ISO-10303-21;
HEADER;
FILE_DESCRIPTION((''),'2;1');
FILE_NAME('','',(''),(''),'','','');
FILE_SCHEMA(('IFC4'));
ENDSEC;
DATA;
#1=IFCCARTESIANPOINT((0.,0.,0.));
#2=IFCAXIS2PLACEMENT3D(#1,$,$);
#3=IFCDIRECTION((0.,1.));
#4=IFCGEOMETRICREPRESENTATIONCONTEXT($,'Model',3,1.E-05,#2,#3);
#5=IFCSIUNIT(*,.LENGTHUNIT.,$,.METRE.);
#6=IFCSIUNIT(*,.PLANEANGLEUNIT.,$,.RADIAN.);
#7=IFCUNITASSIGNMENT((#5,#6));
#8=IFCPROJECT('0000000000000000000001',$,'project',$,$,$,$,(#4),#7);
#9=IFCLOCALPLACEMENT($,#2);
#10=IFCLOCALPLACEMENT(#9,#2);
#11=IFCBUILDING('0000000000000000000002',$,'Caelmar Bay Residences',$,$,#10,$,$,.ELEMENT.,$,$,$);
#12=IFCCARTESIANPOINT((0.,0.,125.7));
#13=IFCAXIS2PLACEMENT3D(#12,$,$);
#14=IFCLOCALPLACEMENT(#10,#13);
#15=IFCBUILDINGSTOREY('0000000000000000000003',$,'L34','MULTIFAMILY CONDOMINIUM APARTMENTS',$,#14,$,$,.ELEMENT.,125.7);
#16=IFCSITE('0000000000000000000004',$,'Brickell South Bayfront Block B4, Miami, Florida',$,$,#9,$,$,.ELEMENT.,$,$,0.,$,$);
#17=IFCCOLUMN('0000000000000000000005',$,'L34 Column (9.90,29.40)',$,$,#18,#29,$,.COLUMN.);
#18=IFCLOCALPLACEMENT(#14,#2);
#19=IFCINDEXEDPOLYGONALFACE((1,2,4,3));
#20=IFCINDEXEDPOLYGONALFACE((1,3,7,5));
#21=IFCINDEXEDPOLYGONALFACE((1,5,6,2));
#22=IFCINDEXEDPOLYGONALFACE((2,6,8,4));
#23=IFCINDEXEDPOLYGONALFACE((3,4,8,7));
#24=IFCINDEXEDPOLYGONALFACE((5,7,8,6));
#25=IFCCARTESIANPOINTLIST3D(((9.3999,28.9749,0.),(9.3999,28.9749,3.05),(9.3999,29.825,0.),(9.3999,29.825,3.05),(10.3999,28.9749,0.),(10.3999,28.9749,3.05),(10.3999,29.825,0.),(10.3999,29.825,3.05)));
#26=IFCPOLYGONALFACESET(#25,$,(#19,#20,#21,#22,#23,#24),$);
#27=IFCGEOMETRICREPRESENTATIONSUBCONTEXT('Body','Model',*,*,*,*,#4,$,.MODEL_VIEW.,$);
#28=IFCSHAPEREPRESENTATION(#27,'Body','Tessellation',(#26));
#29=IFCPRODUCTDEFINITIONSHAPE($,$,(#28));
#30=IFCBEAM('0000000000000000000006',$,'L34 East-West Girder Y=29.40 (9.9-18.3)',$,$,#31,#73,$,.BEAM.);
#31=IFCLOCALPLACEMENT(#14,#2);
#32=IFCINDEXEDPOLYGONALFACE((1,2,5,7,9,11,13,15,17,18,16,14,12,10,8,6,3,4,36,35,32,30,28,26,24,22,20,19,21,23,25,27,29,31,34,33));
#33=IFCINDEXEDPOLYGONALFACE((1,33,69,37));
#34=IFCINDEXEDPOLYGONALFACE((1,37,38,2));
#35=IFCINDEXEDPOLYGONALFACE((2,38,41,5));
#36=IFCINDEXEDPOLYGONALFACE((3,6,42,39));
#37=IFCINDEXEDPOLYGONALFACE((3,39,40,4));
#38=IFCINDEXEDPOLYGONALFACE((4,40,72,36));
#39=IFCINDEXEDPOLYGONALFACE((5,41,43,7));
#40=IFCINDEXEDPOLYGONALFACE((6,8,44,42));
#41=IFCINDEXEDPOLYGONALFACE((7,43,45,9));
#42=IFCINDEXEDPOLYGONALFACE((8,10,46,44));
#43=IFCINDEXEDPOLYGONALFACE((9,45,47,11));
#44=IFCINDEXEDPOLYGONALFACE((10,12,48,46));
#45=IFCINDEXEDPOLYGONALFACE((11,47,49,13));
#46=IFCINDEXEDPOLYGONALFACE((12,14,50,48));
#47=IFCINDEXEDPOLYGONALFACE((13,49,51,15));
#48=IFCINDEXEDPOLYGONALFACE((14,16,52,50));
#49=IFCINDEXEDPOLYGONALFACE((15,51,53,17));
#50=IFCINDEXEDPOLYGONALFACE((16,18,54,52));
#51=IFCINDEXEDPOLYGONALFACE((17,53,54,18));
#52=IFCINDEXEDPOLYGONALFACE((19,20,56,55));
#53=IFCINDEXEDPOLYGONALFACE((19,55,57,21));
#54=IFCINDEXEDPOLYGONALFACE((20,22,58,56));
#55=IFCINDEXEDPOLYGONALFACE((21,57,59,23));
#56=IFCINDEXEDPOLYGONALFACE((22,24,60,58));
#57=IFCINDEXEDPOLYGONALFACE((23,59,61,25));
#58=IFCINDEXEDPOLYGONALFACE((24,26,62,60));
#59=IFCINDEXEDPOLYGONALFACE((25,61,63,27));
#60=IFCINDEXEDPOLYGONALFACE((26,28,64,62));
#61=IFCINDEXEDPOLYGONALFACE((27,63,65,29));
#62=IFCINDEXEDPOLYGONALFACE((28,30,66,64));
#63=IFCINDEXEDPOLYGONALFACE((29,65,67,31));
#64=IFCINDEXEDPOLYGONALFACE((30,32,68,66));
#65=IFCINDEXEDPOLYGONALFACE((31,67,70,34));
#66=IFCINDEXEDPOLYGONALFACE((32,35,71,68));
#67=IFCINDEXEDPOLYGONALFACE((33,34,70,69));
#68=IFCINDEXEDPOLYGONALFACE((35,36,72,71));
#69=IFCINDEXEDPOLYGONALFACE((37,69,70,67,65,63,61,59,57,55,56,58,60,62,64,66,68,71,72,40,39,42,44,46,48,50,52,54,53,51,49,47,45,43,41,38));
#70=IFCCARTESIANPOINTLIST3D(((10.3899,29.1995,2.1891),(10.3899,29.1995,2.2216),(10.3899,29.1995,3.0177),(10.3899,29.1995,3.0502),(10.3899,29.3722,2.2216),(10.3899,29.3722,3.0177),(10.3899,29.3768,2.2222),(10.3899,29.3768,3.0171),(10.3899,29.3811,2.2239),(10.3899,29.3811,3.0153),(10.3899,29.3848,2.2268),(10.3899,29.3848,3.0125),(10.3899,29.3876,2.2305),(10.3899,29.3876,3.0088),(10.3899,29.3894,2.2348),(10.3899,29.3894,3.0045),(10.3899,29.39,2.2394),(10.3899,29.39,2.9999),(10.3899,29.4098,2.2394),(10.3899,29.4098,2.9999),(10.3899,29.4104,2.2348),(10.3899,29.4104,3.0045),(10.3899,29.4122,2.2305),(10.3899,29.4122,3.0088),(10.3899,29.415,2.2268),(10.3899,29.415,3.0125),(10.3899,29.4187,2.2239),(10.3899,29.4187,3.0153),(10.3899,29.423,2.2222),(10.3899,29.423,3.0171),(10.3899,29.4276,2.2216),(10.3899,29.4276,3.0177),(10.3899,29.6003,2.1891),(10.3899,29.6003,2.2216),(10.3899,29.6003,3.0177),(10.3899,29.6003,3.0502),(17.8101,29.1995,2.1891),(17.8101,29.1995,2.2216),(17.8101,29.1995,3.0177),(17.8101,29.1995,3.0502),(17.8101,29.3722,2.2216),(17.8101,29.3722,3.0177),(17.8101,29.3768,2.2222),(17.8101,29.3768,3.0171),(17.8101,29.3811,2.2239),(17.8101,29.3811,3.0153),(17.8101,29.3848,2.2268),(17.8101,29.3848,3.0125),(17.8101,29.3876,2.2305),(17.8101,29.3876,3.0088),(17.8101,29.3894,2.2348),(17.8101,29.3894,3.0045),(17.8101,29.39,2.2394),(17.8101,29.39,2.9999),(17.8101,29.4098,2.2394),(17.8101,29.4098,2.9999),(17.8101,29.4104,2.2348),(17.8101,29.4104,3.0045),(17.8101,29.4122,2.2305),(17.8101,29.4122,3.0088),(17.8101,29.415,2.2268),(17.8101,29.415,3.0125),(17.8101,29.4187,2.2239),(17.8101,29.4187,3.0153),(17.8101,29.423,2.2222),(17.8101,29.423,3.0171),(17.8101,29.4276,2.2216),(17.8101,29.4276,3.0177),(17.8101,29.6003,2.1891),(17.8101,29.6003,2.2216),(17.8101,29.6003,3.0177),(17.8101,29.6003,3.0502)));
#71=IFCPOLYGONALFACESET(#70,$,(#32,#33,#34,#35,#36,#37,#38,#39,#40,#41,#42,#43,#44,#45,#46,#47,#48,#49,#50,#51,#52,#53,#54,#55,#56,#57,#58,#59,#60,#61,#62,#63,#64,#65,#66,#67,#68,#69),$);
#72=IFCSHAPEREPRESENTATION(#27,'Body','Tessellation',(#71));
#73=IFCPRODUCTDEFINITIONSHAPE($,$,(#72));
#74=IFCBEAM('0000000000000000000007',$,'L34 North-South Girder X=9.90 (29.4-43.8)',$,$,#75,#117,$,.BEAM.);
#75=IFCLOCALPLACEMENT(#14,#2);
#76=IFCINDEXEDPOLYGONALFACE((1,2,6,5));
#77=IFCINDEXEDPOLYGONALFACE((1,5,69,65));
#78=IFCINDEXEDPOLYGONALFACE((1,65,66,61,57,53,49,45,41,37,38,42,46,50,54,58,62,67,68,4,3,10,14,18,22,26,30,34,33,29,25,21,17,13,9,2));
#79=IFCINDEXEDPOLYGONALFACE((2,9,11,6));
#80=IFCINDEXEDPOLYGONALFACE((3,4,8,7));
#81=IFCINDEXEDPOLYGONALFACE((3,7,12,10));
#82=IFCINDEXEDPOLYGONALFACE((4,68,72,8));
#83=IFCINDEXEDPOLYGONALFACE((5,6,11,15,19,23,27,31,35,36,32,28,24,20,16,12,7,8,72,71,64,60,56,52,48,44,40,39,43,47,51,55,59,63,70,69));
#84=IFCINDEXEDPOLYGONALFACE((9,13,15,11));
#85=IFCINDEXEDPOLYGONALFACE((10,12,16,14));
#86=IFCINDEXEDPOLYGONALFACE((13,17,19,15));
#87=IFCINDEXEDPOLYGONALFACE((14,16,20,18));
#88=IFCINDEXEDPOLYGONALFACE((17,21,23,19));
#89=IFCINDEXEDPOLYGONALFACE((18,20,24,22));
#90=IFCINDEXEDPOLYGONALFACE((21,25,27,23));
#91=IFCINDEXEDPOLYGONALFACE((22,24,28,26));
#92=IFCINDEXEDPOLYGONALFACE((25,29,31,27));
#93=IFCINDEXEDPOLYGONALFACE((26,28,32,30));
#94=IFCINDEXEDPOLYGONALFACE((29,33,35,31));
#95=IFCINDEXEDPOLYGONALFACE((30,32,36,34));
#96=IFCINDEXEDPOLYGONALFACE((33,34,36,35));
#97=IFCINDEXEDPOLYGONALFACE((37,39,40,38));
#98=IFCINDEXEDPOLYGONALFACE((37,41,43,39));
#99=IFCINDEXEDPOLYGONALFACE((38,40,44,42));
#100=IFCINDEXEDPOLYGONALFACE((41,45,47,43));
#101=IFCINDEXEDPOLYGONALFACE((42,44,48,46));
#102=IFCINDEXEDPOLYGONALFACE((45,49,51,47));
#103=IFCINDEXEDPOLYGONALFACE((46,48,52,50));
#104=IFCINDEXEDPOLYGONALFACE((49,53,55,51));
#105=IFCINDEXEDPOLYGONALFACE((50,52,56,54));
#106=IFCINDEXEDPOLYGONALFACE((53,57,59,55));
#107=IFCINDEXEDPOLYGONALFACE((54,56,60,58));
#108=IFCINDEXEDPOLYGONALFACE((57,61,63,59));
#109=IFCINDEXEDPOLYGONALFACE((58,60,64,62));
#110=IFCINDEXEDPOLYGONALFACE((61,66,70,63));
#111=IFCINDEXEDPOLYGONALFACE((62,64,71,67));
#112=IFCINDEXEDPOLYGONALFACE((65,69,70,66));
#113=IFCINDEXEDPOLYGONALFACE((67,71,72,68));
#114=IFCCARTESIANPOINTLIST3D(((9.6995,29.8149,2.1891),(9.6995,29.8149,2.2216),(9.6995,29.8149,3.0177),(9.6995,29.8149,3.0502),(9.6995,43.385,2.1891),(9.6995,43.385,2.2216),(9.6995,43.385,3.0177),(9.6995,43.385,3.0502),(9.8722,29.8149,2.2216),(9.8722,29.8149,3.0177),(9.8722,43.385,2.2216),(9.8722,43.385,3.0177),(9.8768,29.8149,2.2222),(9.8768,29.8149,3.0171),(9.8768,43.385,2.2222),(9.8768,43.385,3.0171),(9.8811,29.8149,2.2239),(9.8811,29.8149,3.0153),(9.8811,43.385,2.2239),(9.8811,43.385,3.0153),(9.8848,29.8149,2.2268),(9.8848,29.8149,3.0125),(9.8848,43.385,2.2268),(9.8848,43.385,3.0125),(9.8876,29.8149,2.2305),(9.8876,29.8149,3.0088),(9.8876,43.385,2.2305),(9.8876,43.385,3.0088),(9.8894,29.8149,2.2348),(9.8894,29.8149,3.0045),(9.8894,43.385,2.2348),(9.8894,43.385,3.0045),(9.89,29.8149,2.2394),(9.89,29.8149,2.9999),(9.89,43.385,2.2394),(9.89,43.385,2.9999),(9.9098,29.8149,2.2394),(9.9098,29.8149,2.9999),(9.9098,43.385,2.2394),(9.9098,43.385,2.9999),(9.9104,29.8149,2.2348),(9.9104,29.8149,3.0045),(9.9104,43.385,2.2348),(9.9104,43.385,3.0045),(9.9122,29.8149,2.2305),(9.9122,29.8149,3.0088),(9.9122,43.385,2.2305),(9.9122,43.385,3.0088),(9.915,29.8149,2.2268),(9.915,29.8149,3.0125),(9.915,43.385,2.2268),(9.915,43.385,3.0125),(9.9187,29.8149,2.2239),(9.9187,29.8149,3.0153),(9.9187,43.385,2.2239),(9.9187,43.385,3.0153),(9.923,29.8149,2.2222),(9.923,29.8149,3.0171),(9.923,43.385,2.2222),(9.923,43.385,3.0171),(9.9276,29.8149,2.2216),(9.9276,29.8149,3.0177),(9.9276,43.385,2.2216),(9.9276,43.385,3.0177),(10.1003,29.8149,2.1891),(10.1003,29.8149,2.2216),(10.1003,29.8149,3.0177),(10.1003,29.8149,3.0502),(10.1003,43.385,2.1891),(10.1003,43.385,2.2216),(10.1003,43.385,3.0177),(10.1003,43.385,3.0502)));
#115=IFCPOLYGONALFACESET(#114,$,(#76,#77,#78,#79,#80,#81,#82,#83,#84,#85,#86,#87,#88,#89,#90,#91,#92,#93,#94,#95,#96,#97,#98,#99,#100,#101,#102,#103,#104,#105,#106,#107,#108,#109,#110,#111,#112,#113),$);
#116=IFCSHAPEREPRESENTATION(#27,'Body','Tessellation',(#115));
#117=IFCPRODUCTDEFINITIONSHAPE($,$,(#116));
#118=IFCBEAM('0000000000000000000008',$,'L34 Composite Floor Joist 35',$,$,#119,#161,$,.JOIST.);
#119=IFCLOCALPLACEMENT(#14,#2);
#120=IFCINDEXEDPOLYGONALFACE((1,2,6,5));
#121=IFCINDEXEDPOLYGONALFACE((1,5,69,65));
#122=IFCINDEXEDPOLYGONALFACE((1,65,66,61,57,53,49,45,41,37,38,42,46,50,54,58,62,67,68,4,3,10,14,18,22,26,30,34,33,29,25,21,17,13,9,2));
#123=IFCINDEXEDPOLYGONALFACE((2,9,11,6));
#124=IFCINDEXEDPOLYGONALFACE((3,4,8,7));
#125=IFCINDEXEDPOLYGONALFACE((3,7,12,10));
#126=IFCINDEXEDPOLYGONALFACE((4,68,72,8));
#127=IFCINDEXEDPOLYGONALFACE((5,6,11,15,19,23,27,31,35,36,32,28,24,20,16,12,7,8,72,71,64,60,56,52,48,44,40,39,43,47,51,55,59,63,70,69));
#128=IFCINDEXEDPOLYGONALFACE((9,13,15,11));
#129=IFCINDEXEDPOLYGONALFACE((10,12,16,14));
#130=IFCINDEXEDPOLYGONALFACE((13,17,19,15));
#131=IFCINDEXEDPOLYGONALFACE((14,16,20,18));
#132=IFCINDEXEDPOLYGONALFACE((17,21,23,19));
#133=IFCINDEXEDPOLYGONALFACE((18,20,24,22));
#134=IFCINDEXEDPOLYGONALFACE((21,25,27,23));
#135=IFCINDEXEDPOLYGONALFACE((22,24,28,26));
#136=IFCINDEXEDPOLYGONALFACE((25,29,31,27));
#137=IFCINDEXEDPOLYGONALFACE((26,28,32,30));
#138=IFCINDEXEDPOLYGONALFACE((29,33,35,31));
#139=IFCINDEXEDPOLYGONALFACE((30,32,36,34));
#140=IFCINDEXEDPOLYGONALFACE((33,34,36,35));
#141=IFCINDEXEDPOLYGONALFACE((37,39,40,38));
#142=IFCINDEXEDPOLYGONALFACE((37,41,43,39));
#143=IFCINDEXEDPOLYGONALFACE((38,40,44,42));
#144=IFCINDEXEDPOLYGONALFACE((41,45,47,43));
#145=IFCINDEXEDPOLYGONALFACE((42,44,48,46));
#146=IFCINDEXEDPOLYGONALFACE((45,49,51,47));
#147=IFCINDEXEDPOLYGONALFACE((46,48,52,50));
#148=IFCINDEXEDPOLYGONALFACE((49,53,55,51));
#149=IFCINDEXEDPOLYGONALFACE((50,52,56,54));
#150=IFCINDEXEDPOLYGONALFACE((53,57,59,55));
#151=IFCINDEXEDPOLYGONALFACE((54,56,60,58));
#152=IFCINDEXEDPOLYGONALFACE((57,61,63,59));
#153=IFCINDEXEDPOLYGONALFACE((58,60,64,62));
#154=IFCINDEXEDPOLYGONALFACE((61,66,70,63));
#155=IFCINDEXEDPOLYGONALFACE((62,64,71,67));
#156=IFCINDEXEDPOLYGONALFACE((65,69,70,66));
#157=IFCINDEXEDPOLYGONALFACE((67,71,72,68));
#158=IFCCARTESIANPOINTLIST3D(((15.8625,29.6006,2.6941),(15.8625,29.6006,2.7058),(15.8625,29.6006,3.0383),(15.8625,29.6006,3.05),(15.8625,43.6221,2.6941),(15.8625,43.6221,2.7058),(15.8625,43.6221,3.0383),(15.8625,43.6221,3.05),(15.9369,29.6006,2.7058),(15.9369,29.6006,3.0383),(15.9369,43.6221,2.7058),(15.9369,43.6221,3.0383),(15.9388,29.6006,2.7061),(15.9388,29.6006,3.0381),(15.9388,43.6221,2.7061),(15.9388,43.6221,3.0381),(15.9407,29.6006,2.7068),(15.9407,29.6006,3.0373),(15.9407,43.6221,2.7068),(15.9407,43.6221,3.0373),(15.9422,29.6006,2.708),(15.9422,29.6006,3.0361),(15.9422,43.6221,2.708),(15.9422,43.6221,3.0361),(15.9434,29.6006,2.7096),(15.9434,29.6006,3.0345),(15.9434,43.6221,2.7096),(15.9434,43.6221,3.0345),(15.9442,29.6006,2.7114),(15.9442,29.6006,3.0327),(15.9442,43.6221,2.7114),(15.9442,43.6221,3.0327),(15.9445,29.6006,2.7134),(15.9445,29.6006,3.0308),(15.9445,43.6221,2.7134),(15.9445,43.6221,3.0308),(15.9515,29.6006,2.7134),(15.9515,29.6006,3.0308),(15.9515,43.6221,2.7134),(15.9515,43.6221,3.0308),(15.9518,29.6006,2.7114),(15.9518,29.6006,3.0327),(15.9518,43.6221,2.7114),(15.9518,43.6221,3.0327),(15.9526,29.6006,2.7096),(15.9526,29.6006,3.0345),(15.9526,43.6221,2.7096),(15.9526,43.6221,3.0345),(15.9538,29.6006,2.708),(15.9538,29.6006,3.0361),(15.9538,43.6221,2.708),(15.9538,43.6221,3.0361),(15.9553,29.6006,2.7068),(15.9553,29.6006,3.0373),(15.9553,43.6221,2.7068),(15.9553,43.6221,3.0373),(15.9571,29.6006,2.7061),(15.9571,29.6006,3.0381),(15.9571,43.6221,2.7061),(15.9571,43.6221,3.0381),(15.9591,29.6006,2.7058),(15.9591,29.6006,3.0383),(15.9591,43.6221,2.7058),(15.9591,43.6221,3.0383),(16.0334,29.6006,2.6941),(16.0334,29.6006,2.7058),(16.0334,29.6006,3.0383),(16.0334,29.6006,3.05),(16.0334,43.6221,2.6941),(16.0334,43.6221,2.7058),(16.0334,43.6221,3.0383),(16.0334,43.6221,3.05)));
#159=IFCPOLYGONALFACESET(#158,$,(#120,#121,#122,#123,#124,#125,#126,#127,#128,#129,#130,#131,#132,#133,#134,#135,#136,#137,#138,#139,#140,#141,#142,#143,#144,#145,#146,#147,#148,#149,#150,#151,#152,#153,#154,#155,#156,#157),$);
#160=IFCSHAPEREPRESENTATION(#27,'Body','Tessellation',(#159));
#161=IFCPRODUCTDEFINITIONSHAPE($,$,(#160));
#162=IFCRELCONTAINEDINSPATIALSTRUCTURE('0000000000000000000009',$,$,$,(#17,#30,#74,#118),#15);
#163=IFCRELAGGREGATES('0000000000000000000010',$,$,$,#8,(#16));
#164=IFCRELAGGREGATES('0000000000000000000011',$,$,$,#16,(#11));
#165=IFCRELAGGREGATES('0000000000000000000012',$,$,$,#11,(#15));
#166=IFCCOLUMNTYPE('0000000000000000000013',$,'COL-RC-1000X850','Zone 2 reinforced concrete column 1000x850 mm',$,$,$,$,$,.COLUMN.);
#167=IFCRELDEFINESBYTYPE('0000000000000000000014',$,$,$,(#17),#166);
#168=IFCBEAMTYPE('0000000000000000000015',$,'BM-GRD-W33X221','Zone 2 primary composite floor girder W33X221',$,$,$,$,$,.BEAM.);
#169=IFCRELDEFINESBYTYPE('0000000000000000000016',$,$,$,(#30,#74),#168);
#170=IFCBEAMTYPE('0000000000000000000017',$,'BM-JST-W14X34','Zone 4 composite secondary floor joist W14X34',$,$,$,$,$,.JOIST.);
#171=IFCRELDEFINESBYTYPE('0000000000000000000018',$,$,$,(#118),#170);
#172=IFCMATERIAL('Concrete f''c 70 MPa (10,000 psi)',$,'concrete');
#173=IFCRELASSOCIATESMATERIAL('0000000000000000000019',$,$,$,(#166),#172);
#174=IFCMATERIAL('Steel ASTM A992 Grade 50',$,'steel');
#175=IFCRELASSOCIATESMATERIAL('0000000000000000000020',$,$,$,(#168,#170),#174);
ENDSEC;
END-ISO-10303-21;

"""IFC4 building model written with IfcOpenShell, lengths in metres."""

from ifc_helpers import new_model, si_unit, direction, frame, origin, origin_2d, place, context, subcontext, project, spatial, rectangle, i_section, extrude, material, material_profile, profile_set, type_object, element, save


model = new_model("IFC4")

# Units and contexts
model_context = context("Model", 3, precision=1e-05, world=origin(), true_north=direction((0.0, 1.0)))
body_context = subcontext(model_context, "Body", "Model", "MODEL_VIEW")
ifc_project = project(units=[si_unit("LENGTHUNIT", "METRE"), si_unit("PLANEANGLEUNIT", "RADIAN")], contexts=[model_context])

# Site, building, storey
site_placement = place(None, origin())
site = spatial("IfcSite", under=ifc_project, at=site_placement, Name="Brickell South Bayfront Block B4, Miami, Florida", CompositionType="ELEMENT", RefElevation=0.0)
building_placement = place(site_placement, origin())
building = spatial("IfcBuilding", under=site, at=building_placement, Name="Caelmar Bay Residences", CompositionType="ELEMENT")
storey_placement = place(building_placement, frame((0.0, 0.0, 125.7)))
storey = spatial("IfcBuildingStorey", under=building, at=storey_placement, Name="L34", Description="MULTIFAMILY CONDOMINIUM APARTMENTS", CompositionType="ELEMENT", Elevation=125.7)

# Column
ifc_material_1 = material(Name="Concrete f'c 70 MPa (10,000 psi)", Category="concrete")
ifc_material_profile_1 = material_profile(ifc_material_1, rectangle(XDim=1.0, YDim=0.8501, at=origin_2d()), Name="RC-COL-1000X850")
ifc_profile_set_1 = profile_set([ifc_material_profile_1], Name="Concrete f'c 70 MPa (10,000 psi)")
column_type = type_object("IfcColumnType", Name="COL-RC-1000X850", Description="Zone 2 reinforced concrete column 1000x850 mm", PredefinedType="COLUMN", material=ifc_profile_set_1)
column_placement = place(storey_placement, frame((9.8999, 29.3999, 0.0), z_axis=(0.0, 0.0, 1.0), x_axis=(1.0, 0.0, 0.0)))
element("IfcColumn", 1, at=column_placement, inside=storey, type_object=column_type, Name="L34 Column (9.90,29.40)", PredefinedType="COLUMN", context=body_context, shape_type="SweptSolid", body=[
    extrude(rectangle(XDim=1.0, YDim=0.8501, at=origin_2d()), origin(), (0.0, 0.0, 1.0), 3.05),
])

# Beams
ifc_material_2 = material(Name="Steel ASTM A992 Grade 50", Category="steel")
ifc_material_profile_2 = material_profile(ifc_material_2, i_section(OverallWidth=0.4009, OverallDepth=0.8611, WebThickness=0.0198, FlangeThickness=0.0325, FilletRadius=0.0178, at=origin_2d()), Name="W33X221")
ifc_profile_set_2 = profile_set([ifc_material_profile_2], Name="Steel ASTM A992 Grade 50")
beam_type_1 = type_object("IfcBeamType", Name="BM-GRD-W33X221", Description="Zone 2 primary composite floor girder W33X221", PredefinedType="BEAM", material=ifc_profile_set_2)
beam_1_placement = place(storey_placement, frame((10.3899, 29.3999, 2.6196), z_axis=(1.0, 0.0, 0.0), x_axis=(0.0, 1.0, 0.0)))
element("IfcBeam", 2, at=beam_1_placement, inside=storey, type_object=beam_type_1, Name="L34 East-West Girder Y=29.40 (9.9-18.3)", PredefinedType="BEAM", context=body_context, shape_type="SweptSolid", body=[
    extrude(i_section(OverallWidth=0.4009, OverallDepth=0.8611, WebThickness=0.0198, FlangeThickness=0.0325, FilletRadius=0.0178, at=origin_2d()), origin(), (0.0, 0.0, 1.0), 7.4202),
])
beam_2_placement = place(storey_placement, frame((9.8999, 29.8149, 2.6196), z_axis=(0.0, 1.0, 0.0), x_axis=(-1.0, 0.0, 0.0)))
element("IfcBeam", 3, at=beam_2_placement, inside=storey, type_object=beam_type_1, Name="L34 North-South Girder X=9.90 (29.4-43.8)", PredefinedType="BEAM", context=body_context, shape_type="SweptSolid", body=[
    extrude(i_section(OverallWidth=0.4009, OverallDepth=0.8611, WebThickness=0.0198, FlangeThickness=0.0325, FilletRadius=0.0178, at=origin_2d()), origin(), (0.0, 0.0, 1.0), 13.5701),
])
ifc_material_profile_3 = material_profile(ifc_material_2, i_section(OverallWidth=0.1709, OverallDepth=0.356, WebThickness=0.0071, FlangeThickness=0.0117, FilletRadius=0.0076, at=origin_2d()), Name="W14X34")
ifc_profile_set_3 = profile_set([ifc_material_profile_3], Name="Steel ASTM A992 Grade 50")
beam_type_2 = type_object("IfcBeamType", Name="BM-JST-W14X34", Description="Zone 4 composite secondary floor joist W14X34", PredefinedType="JOIST", material=ifc_profile_set_3)
beam_3_placement = place(storey_placement, frame((15.948, 29.6006, 2.8721), z_axis=(0.0, 1.0, 0.0), x_axis=(-1.0, 0.0, 0.0)))
element("IfcBeam", 4, at=beam_3_placement, inside=storey, type_object=beam_type_2, Name="L34 Composite Floor Joist 35", PredefinedType="JOIST", context=body_context, shape_type="SweptSolid", body=[
    extrude(i_section(OverallWidth=0.1709, OverallDepth=0.356, WebThickness=0.0071, FlangeThickness=0.0117, FilletRadius=0.0076, at=origin_2d()), origin(), (0.0, 0.0, 1.0), 14.0215),
])

save(model, "model.ifc")
